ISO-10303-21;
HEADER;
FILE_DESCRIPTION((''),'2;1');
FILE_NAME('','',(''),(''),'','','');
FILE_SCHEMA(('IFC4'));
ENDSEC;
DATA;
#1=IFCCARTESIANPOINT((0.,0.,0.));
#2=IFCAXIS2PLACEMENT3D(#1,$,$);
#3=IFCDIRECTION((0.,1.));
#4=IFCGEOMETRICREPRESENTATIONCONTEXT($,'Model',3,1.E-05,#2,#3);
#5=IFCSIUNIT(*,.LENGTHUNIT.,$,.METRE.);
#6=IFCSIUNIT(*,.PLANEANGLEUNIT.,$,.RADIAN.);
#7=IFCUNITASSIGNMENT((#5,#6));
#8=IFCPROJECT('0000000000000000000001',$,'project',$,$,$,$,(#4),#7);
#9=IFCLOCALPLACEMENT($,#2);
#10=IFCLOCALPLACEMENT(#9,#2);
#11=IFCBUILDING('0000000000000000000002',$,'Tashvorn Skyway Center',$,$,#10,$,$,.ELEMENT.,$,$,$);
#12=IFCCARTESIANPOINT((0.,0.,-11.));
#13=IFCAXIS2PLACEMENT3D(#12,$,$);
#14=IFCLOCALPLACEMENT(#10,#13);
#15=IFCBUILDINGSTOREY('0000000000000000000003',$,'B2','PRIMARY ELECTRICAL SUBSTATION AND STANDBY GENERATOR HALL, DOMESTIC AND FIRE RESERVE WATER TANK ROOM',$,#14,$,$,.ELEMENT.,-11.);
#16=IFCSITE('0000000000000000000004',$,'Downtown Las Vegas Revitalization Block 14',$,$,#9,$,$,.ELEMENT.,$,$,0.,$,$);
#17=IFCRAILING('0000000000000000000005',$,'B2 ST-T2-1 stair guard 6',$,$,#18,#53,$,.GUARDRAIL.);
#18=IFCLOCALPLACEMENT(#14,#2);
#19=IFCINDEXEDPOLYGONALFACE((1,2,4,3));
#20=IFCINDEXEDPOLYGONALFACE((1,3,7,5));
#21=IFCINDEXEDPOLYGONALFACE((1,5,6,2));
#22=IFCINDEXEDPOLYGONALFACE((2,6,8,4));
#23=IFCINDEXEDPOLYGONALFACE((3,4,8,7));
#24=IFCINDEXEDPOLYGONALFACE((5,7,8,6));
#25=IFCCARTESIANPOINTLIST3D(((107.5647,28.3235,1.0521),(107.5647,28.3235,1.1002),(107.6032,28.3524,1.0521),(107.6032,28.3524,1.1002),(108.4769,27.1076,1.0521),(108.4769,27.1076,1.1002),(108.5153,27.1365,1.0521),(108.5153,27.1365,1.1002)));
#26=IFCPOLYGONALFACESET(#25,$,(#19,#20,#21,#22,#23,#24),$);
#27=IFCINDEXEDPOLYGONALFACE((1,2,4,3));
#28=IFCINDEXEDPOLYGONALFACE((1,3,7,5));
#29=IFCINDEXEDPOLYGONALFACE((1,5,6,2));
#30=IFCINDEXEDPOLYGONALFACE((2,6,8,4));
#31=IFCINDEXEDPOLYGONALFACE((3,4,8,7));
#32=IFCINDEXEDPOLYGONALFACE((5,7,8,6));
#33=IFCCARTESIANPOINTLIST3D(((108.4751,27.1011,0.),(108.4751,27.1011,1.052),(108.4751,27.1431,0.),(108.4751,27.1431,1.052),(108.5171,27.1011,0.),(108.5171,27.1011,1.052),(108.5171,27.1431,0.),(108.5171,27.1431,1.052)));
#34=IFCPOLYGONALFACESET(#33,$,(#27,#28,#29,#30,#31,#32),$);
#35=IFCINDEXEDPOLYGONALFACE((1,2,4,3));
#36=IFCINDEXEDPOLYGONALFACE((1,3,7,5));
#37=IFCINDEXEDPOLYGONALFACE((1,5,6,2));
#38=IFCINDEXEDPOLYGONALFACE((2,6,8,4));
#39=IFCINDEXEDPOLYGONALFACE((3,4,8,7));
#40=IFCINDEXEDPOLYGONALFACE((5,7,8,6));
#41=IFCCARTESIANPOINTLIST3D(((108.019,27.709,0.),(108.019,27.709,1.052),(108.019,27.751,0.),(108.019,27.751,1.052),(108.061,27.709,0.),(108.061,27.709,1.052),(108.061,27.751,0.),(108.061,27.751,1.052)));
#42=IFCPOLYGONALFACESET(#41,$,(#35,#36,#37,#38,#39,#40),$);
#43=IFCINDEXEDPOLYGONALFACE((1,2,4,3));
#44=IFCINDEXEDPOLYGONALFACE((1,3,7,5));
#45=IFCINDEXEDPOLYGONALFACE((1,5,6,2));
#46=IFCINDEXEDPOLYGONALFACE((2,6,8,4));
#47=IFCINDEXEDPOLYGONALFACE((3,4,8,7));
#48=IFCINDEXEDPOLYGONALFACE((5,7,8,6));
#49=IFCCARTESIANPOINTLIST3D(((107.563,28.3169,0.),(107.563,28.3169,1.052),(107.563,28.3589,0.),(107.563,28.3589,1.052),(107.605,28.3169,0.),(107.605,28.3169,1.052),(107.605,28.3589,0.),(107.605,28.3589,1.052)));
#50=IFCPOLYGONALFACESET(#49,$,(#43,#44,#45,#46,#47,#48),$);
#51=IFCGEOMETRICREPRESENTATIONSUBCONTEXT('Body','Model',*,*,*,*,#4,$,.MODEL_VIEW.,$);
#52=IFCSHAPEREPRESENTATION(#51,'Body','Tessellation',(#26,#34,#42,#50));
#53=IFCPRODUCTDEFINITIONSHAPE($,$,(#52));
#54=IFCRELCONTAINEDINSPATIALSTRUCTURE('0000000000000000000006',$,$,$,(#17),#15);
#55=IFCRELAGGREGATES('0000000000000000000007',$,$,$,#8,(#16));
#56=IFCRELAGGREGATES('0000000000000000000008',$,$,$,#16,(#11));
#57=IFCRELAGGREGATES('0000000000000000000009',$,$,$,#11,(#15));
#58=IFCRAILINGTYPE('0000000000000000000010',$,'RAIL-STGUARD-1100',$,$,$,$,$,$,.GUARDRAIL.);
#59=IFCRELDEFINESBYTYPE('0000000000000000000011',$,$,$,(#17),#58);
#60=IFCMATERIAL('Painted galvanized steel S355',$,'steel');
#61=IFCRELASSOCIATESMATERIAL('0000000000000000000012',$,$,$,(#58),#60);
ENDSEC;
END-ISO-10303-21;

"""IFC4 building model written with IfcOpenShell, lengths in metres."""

from ifc_helpers import new_model, si_unit, direction, frame, origin, origin_2d, place, context, subcontext, project, spatial, rectangle, extrude, material, type_object, element, save


model = new_model("IFC4")

# Units and contexts
model_context = context("Model", 3, precision=1e-05, world=origin(), true_north=direction((0.0, 1.0)))
body_context = subcontext(model_context, "Body", "Model", "MODEL_VIEW")
ifc_project = project(units=[si_unit("LENGTHUNIT", "METRE"), si_unit("PLANEANGLEUNIT", "RADIAN")], contexts=[model_context])

# Site, building, storey
site_placement = place(None, origin())
site = spatial("IfcSite", under=ifc_project, at=site_placement, Name="Downtown Las Vegas Revitalization Block 14", CompositionType="ELEMENT", RefElevation=0.0)
building_placement = place(site_placement, origin())
building = spatial("IfcBuilding", under=site, at=building_placement, Name="Tashvorn Skyway Center", CompositionType="ELEMENT")
storey_placement = place(building_placement, frame((0.0, 0.0, -11.0)))
storey = spatial("IfcBuildingStorey", under=building, at=storey_placement, Name="B2", Description="PRIMARY ELECTRICAL SUBSTATION AND STANDBY GENERATOR HALL, DOMESTIC AND FIRE RESERVE WATER TANK ROOM", CompositionType="ELEMENT", Elevation=-11.0)

# Railing
ifc_material_1 = material(Name="Painted galvanized steel S355", Category="steel")
railing_type_1 = type_object("IfcRailingType", Name="RAIL-STGUARD-1100", PredefinedType="GUARDRAIL", material=ifc_material_1)
railing_1_placement = place(storey_placement, frame((108.4961, 27.1221, 0.0)))
element("IfcRailing", 1, at=railing_1_placement, inside=storey, type_object=railing_type_1, Name="B2 ST-T2-1 stair guard 6", PredefinedType="GUARDRAIL", context=body_context, shape_type="SweptSolid", body=[
    extrude(rectangle(XDim=0.0481, YDim=0.0481, at=origin_2d()), frame((0.0, 0.0, 1.0762), z_axis=(-0.600103, 0.799923, 0.0), x_axis=(-0.799923, -0.600103, 0.0)), (0.0, 0.0, 1.0), 1.52),
    extrude(rectangle(XDim=0.042, YDim=0.042, at=origin_2d()), origin(), (0.0, 0.0, 1.0), 1.052),
    extrude(rectangle(XDim=0.042, YDim=0.042, at=origin_2d()), frame((-0.4561, 0.6079, 0.0)), (0.0, 0.0, 1.0), 1.052),
    extrude(rectangle(XDim=0.042, YDim=0.042, at=origin_2d()), frame((-0.9121, 1.2158, 0.0)), (0.0, 0.0, 1.0), 1.052),
])

save(model, "model.ifc")
